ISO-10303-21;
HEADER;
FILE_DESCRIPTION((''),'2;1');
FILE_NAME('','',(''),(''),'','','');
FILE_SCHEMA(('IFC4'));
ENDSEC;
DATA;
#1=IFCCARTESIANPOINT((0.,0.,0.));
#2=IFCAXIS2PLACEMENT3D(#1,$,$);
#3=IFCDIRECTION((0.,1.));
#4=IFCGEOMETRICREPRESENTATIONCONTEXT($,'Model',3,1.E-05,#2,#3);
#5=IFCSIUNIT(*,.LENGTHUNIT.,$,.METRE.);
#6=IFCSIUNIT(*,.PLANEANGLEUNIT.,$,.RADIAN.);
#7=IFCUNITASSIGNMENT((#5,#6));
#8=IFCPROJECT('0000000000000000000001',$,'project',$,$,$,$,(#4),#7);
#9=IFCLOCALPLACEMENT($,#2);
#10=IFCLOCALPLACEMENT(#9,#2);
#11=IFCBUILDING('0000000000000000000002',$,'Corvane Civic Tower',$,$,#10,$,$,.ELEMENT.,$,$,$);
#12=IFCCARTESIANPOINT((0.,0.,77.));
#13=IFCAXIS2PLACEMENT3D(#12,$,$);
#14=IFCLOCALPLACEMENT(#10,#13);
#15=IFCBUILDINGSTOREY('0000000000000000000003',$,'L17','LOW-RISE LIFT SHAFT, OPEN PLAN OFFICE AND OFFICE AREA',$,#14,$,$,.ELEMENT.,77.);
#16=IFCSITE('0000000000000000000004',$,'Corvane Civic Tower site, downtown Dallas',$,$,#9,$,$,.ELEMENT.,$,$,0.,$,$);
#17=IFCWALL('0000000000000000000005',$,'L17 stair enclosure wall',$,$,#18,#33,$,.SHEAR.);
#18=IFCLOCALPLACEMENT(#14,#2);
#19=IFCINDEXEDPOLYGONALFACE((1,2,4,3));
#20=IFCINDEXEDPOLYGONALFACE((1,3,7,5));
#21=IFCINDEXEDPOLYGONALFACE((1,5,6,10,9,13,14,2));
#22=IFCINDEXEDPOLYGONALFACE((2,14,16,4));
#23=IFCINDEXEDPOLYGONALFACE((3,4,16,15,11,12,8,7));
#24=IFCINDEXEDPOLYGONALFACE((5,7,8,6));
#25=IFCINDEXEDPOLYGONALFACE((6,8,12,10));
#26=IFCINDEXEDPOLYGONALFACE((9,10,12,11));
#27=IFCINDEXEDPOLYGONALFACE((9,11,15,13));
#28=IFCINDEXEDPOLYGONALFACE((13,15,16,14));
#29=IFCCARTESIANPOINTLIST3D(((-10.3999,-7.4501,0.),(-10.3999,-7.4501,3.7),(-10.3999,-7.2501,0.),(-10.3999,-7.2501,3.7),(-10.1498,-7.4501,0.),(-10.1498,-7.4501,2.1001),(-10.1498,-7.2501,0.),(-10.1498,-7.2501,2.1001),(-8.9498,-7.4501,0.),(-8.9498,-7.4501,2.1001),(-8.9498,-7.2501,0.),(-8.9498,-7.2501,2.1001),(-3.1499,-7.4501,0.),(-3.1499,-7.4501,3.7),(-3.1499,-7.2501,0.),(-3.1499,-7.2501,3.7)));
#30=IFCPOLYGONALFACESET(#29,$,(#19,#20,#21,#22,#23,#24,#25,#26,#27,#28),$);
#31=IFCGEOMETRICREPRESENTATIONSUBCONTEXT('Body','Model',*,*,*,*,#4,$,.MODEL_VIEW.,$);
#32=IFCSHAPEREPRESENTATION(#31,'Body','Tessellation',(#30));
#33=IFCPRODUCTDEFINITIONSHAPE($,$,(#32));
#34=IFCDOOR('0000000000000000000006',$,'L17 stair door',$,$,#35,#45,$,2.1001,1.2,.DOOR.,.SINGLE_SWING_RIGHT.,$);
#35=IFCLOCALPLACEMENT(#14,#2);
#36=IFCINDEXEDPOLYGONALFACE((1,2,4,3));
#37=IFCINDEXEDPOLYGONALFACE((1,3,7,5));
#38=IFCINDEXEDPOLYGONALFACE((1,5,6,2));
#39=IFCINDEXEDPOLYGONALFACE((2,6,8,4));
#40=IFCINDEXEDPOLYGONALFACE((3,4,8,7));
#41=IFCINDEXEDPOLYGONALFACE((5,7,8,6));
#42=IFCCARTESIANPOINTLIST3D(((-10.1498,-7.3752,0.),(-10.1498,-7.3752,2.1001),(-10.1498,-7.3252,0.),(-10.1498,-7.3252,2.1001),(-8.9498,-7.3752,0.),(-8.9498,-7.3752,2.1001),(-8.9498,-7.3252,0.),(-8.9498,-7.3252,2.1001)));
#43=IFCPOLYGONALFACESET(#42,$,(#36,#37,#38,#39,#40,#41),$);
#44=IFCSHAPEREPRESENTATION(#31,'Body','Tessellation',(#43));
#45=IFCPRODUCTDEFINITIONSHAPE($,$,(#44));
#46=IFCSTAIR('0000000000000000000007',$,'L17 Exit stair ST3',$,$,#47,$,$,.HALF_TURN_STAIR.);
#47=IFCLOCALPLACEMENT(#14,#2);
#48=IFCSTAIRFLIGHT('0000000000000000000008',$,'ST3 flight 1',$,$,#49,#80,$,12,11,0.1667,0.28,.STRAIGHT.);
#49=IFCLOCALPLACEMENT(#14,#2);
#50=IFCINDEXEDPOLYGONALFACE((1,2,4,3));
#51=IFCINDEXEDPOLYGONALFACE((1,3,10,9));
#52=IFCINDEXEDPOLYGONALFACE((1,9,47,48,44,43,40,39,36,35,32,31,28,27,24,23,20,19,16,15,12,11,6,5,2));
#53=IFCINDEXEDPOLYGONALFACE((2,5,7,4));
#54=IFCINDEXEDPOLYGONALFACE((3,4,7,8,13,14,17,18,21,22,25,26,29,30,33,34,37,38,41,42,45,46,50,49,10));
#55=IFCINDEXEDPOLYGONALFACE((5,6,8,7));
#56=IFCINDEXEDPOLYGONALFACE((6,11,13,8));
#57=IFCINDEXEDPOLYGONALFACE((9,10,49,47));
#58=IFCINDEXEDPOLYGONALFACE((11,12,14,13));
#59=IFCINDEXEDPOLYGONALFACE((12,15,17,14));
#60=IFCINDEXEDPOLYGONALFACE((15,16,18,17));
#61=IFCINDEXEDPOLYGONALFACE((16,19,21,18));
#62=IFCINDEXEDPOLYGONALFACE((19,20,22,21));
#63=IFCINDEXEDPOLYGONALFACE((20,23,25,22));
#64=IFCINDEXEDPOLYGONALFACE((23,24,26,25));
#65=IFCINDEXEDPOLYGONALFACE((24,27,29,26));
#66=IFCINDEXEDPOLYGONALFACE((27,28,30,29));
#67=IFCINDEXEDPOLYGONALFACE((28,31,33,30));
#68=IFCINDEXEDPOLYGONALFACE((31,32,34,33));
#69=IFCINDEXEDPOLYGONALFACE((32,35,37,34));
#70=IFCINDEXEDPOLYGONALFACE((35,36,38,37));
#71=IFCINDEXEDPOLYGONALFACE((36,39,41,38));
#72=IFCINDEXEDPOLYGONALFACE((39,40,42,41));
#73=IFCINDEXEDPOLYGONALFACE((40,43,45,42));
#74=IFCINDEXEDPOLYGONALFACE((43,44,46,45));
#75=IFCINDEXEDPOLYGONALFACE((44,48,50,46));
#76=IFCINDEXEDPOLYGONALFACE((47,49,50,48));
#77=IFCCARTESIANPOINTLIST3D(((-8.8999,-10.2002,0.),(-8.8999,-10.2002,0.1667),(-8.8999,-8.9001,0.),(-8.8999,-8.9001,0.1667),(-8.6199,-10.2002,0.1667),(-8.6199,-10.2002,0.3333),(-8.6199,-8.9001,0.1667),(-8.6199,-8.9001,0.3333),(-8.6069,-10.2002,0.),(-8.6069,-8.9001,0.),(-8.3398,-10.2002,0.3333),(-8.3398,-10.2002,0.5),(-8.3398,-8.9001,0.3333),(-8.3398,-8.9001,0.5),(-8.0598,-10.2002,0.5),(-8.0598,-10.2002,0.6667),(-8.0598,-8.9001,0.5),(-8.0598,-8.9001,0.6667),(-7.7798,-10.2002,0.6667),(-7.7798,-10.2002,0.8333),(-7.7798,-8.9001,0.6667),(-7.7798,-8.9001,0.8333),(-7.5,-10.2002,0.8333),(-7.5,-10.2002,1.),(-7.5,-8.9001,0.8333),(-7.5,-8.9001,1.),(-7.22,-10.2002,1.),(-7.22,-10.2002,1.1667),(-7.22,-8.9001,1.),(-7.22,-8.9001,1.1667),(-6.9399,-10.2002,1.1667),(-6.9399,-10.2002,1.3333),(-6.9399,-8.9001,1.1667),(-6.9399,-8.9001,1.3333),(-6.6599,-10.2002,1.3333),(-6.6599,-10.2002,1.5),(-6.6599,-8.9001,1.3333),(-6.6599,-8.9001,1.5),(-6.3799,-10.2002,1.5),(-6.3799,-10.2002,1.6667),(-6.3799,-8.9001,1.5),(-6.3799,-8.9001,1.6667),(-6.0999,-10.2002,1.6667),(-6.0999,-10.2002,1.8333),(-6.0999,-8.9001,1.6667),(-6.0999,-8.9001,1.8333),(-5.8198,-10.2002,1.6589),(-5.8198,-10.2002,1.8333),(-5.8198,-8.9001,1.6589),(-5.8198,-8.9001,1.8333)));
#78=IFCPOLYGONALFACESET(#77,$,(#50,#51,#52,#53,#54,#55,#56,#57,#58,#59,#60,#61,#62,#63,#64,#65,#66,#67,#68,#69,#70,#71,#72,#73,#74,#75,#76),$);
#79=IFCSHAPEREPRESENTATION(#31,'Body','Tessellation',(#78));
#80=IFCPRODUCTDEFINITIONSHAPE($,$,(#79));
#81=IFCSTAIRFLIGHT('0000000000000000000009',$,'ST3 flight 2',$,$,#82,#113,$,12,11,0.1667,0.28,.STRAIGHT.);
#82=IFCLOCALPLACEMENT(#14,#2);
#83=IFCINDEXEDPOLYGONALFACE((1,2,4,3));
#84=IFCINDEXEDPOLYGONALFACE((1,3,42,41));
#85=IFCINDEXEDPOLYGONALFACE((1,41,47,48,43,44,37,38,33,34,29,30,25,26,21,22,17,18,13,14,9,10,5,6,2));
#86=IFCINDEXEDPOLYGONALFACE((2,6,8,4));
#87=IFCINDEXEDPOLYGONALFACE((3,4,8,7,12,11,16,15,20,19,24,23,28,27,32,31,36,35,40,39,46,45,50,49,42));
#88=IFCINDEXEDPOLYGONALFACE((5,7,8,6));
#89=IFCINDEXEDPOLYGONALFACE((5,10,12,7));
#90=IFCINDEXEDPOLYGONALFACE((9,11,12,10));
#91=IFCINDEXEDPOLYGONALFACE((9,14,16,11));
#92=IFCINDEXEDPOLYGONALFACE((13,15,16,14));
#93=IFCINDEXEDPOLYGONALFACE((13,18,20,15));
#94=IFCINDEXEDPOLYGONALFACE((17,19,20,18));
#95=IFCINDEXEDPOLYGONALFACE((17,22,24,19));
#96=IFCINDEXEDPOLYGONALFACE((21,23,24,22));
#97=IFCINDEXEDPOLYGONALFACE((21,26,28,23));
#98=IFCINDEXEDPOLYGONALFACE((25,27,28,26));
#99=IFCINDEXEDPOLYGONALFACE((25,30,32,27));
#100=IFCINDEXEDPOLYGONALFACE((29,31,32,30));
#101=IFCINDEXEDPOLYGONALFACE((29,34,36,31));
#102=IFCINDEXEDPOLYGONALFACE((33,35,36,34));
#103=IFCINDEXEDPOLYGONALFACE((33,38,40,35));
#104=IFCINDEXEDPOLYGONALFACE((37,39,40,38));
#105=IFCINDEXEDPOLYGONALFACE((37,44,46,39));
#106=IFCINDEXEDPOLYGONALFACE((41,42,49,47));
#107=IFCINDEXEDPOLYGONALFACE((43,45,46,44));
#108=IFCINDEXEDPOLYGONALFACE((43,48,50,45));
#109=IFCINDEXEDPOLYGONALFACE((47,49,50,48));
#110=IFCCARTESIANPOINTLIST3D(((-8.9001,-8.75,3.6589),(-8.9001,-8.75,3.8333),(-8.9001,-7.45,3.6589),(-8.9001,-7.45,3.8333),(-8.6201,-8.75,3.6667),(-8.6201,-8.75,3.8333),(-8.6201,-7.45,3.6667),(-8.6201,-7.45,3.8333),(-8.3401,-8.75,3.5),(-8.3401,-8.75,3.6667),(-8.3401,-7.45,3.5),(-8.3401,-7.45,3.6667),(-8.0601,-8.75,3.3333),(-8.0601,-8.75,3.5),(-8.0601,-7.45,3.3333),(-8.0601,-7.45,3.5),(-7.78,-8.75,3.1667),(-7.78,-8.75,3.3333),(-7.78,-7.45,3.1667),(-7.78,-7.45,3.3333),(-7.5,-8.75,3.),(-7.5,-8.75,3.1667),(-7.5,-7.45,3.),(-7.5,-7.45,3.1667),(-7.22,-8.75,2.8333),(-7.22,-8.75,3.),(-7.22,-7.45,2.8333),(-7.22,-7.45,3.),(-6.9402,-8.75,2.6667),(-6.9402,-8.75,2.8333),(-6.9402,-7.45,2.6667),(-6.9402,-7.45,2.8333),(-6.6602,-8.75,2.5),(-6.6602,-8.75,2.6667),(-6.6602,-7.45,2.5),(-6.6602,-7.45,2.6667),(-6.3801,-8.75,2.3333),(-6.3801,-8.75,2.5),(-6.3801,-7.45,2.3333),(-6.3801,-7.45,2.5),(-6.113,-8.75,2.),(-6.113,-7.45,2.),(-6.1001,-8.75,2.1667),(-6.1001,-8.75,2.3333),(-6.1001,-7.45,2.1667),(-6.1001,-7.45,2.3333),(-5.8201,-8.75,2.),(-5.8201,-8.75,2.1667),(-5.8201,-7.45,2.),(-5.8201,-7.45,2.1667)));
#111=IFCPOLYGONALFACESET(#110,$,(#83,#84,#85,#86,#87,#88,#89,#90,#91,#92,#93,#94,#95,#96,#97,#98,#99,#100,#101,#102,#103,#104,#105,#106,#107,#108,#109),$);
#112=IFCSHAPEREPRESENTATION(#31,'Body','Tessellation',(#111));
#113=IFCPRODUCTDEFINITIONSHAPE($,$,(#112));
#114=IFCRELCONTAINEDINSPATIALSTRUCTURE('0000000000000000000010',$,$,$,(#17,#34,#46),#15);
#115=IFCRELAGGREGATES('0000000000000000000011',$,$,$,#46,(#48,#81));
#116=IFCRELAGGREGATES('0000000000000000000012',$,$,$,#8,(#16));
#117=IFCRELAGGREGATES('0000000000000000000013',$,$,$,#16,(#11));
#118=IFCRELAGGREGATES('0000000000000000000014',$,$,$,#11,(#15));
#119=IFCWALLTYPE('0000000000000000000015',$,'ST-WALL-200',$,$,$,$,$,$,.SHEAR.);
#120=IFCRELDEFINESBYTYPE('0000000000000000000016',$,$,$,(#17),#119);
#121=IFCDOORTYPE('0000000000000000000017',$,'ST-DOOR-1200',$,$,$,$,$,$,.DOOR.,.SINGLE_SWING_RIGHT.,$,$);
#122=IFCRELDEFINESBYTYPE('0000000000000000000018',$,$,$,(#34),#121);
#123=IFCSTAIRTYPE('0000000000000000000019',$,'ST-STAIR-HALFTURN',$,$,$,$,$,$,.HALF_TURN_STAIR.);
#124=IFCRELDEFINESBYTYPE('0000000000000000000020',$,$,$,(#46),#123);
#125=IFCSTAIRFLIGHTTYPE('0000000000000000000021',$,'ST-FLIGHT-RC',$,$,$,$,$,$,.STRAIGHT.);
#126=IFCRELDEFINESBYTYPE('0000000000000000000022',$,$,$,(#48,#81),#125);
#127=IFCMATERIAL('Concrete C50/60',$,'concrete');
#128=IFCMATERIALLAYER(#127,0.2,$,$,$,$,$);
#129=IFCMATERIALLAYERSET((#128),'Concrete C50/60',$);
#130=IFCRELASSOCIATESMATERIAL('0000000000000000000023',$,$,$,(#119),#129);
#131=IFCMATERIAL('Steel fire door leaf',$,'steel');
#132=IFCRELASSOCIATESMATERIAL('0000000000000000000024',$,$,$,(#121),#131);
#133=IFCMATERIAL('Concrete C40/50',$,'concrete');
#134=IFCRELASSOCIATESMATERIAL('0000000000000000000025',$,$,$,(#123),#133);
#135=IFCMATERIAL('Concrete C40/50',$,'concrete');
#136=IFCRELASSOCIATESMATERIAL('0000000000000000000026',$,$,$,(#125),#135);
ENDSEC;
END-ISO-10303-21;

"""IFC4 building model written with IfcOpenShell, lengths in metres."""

from ifc_helpers import new_model, si_unit, direction, frame, frame_2d, origin, place, context, subcontext, project, spatial, polyline, rectangle, outline, extrude, material, layer, layer_set, type_object, element, fill, aggregate, save


model = new_model("IFC4")

# Units and contexts
model_context = context("Model", 3, precision=1e-05, world=origin(), true_north=direction((0.0, 1.0)))
body_context = subcontext(model_context, "Body", "Model", "MODEL_VIEW")
ifc_project = project(units=[si_unit("LENGTHUNIT", "METRE"), si_unit("PLANEANGLEUNIT", "RADIAN")], contexts=[model_context])

# Site, building, storey
site_placement = place(None, origin())
site = spatial("IfcSite", under=ifc_project, at=site_placement, Name="Corvane Civic Tower site, downtown Dallas", CompositionType="ELEMENT", RefElevation=0.0)
building_placement = place(site_placement, origin())
building = spatial("IfcBuilding", under=site, at=building_placement, Name="Corvane Civic Tower", CompositionType="ELEMENT")
storey_placement = place(building_placement, frame((0.0, 0.0, 77.0)))
storey = spatial("IfcBuildingStorey", under=building, at=storey_placement, Name="L17", Description="LOW-RISE LIFT SHAFT, OPEN PLAN OFFICE AND OFFICE AREA", CompositionType="ELEMENT", Elevation=77.0)

# Wall, opening, door
ifc_material_1 = material(Name="Concrete C50/60", Category="concrete")
ifc_layer_1 = layer(ifc_material_1, 0.2)
ifc_layer_set_1 = layer_set([ifc_layer_1], Name="Concrete C50/60")
wall_type_1 = type_object("IfcWallType", Name="ST-WALL-200", PredefinedType="SHEAR", material=ifc_layer_set_1)
wall_1_placement = place(storey_placement, frame((-10.3999, -7.3501, 0.0), z_axis=(0.0, 0.0, 1.0), x_axis=(1.0, 0.0, 0.0)))
wall_1 = element("IfcWall", 1, at=wall_1_placement, inside=storey, type_object=wall_type_1, Name="L17 stair enclosure wall", PredefinedType="SHEAR", context=body_context, shape_type="SweptSolid", body=[
    extrude(rectangle(XDim=7.25, YDim=0.2, at=frame_2d((3.625, 0.0))), origin(), (0.0, 0.0, 1.0), 3.7),
])
opening_1_placement = place(wall_1_placement, frame((0.25, 0.0, 0.0)))
opening_1 = element("IfcOpeningElement", 2, at=opening_1_placement, cuts=wall_1, PredefinedType="OPENING", context=body_context, shape_type="SweptSolid", body=[
    extrude(rectangle(XDim=1.2, YDim=2.1001, at=frame_2d((0.6001, 1.05))), frame((0.0, 0.1099, 0.0), z_axis=(0.0, -1.0, 0.0), x_axis=(1.0, 0.0, 0.0)), (0.0, 0.0, 1.0), 0.22),
])
ifc_material_2 = material(Name="Steel fire door leaf", Category="steel")
door_type_1 = type_object("IfcDoorType", Name="ST-DOOR-1200", OperationType="SINGLE_SWING_RIGHT", PredefinedType="DOOR", material=ifc_material_2)
door_1_placement = place(opening_1_placement, origin())
door_1 = element("IfcDoor", 3, at=door_1_placement, inside=storey, type_object=door_type_1, Name="L17 stair door", OperationType="SINGLE_SWING_RIGHT", OverallHeight=2.1001, OverallWidth=1.2, PredefinedType="DOOR", context=body_context, shape_type="SweptSolid", body=[
    extrude(rectangle(XDim=1.2, YDim=2.1001, at=frame_2d((0.6001, 1.05))), frame((0.0, 0.0249, 0.0), z_axis=(0.0, -1.0, 0.0), x_axis=(1.0, 0.0, 0.0)), (0.0, 0.0, 1.0), 0.05),
])
fill(opening_1, door_1)

# Stair, stair flights
ifc_material_3 = material(Name="Concrete C40/50", Category="concrete")
stair_type = type_object("IfcStairType", Name="ST-STAIR-HALFTURN", PredefinedType="HALF_TURN_STAIR", material=ifc_material_3)
stair_placement = place(storey_placement, origin())
stair = element("IfcStair", 4, at=stair_placement, inside=storey, type_object=stair_type, Name="L17 Exit stair ST3", PredefinedType="HALF_TURN_STAIR")
ifc_material_4 = material(Name="Concrete C40/50", Category="concrete")
stair_flight_type = type_object("IfcStairFlightType", Name="ST-FLIGHT-RC", PredefinedType="STRAIGHT", material=ifc_material_4)
stair_flight_1_placement = place(storey_placement, frame((-8.8999, -9.55, 0.0), z_axis=(0.0, 0.0, 1.0), x_axis=(1.0, 0.0, 0.0)))
stair_flight_1 = element("IfcStairFlight", 5, at=stair_flight_1_placement, type_object=stair_flight_type, Name="ST3 flight 1", NumberOfRisers=12, NumberOfTreads=11, PredefinedType="STRAIGHT", RiserHeight=0.1667, TreadLength=0.28, context=body_context, shape_type="SweptSolid", body=[
    extrude(outline(polyline([(0.0, 0.0), (0.0, 0.1667), (0.28, 0.1667), (0.28, 0.3333), (0.5601, 0.3333), (0.5601, 0.5), (0.8401, 0.5), (0.8401, 0.6667), (1.1201, 0.6667), (1.1201, 0.8333), (1.3999, 0.8333), (1.3999, 1.0), (1.6799, 1.0), (1.6799, 1.1667), (1.96, 1.1667), (1.96, 1.3333), (2.24, 1.3333), (2.24, 1.5), (2.52, 1.5), (2.52, 1.6667), (2.8, 1.6667), (2.8, 1.8333), (3.0801, 1.8333), (3.0801, 2.0), (3.0801, 1.6589), (0.293, 0.0), (0.0, 0.0)])), frame((0.0, 0.6499, 0.0), z_axis=(0.0, -1.0, 0.0), x_axis=(1.0, 0.0, 0.0)), (0.0, 0.0, 1.0), 1.3),
])
stair_flight_2_placement = place(storey_placement, frame((-5.8201, -8.1001, 2.0), z_axis=(0.0, 0.0, 1.0), x_axis=(-1.0, 0.0, 0.0)))
stair_flight_2 = element("IfcStairFlight", 6, at=stair_flight_2_placement, type_object=stair_flight_type, Name="ST3 flight 2", NumberOfRisers=12, NumberOfTreads=11, PredefinedType="STRAIGHT", RiserHeight=0.1667, TreadLength=0.28, context=body_context, shape_type="SweptSolid", body=[
    extrude(outline(polyline([(0.0, 0.0), (0.0, 0.1667), (0.28, 0.1667), (0.28, 0.3333), (0.5601, 0.3333), (0.5601, 0.5), (0.8401, 0.5), (0.8401, 0.6667), (1.1201, 0.6667), (1.1201, 0.8333), (1.3999, 0.8333), (1.3999, 1.0), (1.6799, 1.0), (1.6799, 1.1667), (1.96, 1.1667), (1.96, 1.3333), (2.24, 1.3333), (2.24, 1.5), (2.52, 1.5), (2.52, 1.6667), (2.8, 1.6667), (2.8, 1.8333), (3.0801, 1.8333), (3.0801, 2.0), (3.0801, 1.6589), (0.293, 0.0), (0.0, 0.0)])), frame((0.0, 0.6499, 0.0), z_axis=(0.0, -1.0, 0.0), x_axis=(1.0, 0.0, 0.0)), (0.0, 0.0, 1.0), 1.3),
])
aggregate(stair, [stair_flight_1, stair_flight_2])

save(model, "model.ifc")
